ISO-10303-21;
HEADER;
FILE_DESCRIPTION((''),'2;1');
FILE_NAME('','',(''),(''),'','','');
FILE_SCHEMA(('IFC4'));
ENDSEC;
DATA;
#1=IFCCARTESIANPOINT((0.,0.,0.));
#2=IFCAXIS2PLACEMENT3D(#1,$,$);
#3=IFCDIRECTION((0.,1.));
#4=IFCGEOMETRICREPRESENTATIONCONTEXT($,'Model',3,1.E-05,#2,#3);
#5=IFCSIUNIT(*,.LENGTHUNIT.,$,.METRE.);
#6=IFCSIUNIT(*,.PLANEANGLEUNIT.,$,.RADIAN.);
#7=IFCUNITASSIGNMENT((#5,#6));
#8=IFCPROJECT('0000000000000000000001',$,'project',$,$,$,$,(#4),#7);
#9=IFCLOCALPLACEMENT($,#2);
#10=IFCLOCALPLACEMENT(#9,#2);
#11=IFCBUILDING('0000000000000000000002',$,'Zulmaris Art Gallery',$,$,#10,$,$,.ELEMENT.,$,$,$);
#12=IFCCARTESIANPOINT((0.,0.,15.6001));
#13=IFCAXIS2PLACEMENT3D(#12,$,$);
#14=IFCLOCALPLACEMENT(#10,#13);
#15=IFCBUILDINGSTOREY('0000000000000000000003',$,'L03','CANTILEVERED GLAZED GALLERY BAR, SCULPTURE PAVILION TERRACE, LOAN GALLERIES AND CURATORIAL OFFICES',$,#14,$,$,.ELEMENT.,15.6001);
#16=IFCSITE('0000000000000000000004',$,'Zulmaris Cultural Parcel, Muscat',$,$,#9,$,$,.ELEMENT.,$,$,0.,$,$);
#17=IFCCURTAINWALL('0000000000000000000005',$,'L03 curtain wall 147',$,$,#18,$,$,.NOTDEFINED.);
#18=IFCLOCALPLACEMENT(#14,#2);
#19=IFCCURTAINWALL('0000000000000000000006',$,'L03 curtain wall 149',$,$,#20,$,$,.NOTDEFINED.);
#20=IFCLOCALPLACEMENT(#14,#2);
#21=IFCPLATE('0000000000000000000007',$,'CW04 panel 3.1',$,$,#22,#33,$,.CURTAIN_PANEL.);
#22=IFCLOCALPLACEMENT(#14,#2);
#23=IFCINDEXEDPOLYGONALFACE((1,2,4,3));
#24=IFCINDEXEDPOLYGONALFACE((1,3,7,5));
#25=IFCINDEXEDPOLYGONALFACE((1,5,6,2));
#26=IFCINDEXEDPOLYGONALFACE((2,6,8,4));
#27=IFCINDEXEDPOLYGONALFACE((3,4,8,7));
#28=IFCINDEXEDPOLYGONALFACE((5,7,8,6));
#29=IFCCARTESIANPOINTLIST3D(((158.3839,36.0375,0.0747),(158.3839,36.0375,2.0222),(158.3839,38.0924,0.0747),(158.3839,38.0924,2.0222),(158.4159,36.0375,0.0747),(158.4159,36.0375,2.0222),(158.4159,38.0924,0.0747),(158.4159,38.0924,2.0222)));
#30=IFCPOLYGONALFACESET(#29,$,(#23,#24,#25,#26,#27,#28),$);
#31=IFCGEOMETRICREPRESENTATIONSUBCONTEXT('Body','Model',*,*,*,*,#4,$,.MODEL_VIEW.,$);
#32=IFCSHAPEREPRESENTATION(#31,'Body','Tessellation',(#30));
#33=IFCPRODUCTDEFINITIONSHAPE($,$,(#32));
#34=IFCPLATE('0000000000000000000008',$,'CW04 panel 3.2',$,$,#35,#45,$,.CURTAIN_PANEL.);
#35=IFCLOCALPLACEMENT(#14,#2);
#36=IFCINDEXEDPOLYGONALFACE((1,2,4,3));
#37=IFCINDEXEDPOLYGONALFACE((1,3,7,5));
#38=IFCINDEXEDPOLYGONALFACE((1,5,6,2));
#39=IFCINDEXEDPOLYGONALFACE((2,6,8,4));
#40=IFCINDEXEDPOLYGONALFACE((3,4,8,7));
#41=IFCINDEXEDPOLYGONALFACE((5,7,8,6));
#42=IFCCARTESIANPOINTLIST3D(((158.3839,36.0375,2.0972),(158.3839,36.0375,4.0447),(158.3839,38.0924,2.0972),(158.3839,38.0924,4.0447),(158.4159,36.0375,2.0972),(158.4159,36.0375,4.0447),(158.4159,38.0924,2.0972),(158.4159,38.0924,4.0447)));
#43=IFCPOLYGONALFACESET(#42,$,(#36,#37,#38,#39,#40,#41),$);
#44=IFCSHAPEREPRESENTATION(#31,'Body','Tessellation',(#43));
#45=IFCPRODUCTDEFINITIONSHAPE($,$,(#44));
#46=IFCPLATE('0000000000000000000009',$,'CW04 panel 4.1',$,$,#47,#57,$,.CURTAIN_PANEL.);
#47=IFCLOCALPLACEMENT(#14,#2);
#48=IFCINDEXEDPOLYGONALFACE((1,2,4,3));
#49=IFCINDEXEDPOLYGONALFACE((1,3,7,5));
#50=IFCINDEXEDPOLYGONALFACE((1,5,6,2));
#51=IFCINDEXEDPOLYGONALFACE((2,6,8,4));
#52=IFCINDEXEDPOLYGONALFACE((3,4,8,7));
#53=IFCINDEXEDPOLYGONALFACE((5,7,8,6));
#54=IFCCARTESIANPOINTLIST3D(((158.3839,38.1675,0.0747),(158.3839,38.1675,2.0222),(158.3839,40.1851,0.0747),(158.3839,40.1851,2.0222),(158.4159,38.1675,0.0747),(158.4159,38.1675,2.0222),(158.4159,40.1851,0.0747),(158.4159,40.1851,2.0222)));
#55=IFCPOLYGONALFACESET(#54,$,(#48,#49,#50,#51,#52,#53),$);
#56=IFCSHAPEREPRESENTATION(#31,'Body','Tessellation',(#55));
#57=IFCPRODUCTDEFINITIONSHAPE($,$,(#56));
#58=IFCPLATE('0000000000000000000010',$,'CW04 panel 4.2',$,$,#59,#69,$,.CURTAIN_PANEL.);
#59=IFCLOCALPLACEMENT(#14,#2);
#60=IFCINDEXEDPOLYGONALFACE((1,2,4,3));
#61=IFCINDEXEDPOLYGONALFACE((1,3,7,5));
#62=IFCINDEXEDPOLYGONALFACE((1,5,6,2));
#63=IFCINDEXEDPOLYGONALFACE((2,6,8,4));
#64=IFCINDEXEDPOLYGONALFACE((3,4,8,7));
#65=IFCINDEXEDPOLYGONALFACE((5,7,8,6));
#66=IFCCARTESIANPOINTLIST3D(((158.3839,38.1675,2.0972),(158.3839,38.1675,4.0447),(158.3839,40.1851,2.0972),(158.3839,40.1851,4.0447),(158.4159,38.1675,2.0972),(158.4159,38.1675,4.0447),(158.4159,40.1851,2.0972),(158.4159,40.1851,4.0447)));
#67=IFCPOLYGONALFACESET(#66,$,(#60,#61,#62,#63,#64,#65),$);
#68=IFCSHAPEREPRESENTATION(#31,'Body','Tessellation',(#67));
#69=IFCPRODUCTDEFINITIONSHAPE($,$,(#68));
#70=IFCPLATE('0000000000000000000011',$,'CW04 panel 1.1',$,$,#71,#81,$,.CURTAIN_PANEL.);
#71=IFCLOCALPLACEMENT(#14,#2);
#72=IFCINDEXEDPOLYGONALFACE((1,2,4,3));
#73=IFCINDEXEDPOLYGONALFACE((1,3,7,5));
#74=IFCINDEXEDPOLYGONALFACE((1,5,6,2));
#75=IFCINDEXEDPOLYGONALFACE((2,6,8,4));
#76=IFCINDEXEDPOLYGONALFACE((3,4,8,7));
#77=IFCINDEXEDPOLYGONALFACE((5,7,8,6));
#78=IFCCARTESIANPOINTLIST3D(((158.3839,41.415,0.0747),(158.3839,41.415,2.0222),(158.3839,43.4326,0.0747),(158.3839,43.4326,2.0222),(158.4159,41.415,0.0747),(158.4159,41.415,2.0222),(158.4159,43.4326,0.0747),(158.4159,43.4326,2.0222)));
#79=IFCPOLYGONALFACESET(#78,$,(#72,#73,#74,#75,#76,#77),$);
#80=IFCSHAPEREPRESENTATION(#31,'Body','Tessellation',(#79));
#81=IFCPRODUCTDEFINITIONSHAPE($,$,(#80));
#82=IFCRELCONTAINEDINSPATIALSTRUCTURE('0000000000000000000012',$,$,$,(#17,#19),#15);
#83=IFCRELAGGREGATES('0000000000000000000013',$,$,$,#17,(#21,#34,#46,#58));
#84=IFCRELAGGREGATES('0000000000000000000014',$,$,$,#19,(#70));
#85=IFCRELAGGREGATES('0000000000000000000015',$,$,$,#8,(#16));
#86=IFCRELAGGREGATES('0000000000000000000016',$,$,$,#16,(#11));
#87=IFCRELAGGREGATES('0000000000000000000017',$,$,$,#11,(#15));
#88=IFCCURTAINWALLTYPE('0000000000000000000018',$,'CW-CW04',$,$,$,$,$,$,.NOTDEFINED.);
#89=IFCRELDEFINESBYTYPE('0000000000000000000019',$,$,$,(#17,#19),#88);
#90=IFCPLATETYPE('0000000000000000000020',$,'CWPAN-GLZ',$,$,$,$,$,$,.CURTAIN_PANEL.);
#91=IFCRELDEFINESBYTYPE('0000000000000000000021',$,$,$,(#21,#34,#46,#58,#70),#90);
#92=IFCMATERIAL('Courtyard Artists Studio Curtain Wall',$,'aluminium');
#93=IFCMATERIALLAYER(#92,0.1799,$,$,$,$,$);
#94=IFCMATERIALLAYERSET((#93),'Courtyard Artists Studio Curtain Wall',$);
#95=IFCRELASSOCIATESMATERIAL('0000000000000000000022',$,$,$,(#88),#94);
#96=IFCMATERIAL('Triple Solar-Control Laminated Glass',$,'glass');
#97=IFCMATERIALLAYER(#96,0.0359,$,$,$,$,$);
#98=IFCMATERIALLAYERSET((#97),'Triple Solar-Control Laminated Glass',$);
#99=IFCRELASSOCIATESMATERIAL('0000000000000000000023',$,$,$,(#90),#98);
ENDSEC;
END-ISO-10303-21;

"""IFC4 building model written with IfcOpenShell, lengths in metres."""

from ifc_helpers import new_model, si_unit, direction, frame, origin, origin_2d, place, context, subcontext, project, spatial, rectangle, extrude, material, layer, layer_set, type_object, element, aggregate, save


model = new_model("IFC4")

# Units and contexts
model_context = context("Model", 3, precision=1e-05, world=origin(), true_north=direction((0.0, 1.0)))
body_context = subcontext(model_context, "Body", "Model", "MODEL_VIEW")
ifc_project = project(units=[si_unit("LENGTHUNIT", "METRE"), si_unit("PLANEANGLEUNIT", "RADIAN")], contexts=[model_context])

# Site, building, storey
site_placement = place(None, origin())
site = spatial("IfcSite", under=ifc_project, at=site_placement, Name="Zulmaris Cultural Parcel, Muscat", CompositionType="ELEMENT", RefElevation=0.0)
building_placement = place(site_placement, origin())
building = spatial("IfcBuilding", under=site, at=building_placement, Name="Zulmaris Art Gallery", CompositionType="ELEMENT")
storey_placement = place(building_placement, frame((0.0, 0.0, 15.6001)))
storey = spatial("IfcBuildingStorey", under=building, at=storey_placement, Name="L03", Description="CANTILEVERED GLAZED GALLERY BAR, SCULPTURE PAVILION TERRACE, LOAN GALLERIES AND CURATORIAL OFFICES", CompositionType="ELEMENT", Elevation=15.6001)

# Curtain wall
ifc_material_1 = material(Name="Courtyard Artists Studio Curtain Wall", Category="aluminium")
ifc_layer_1 = layer(ifc_material_1, 0.1799)
ifc_layer_set_1 = layer_set([ifc_layer_1], Name="Courtyard Artists Studio Curtain Wall")
curtain_wall_type = type_object("IfcCurtainWallType", Name="CW-CW04", PredefinedType="NOTDEFINED", material=ifc_layer_set_1)
curtain_wall_1_placement = place(storey_placement, origin())
curtain_wall_1 = element("IfcCurtainWall", 1, at=curtain_wall_1_placement, inside=storey, type_object=curtain_wall_type, Name="L03 curtain wall 147", PredefinedType="NOTDEFINED")

# Curtain wall
curtain_wall_2_placement = place(storey_placement, origin())
curtain_wall_2 = element("IfcCurtainWall", 2, at=curtain_wall_2_placement, inside=storey, type_object=curtain_wall_type, Name="L03 curtain wall 149", PredefinedType="NOTDEFINED")

# Plates
ifc_material_2 = material(Name="Triple Solar-Control Laminated Glass", Category="glass")
ifc_layer_2 = layer(ifc_material_2, 0.0359)
ifc_layer_set_2 = layer_set([ifc_layer_2], Name="Triple Solar-Control Laminated Glass")
plate_type = type_object("IfcPlateType", Name="CWPAN-GLZ", PredefinedType="CURTAIN_PANEL", material=ifc_layer_set_2)
plate_1_placement = place(storey_placement, frame((158.3999, 37.0649, 0.0747), z_axis=(0.0, 0.0, 1.0), x_axis=(0.0, 1.0, 0.0)))
plate_1 = element("IfcPlate", 3, at=plate_1_placement, type_object=plate_type, Name="CW04 panel 3.1", PredefinedType="CURTAIN_PANEL", context=body_context, shape_type="SweptSolid", body=[
    extrude(rectangle(XDim=2.0549, YDim=0.032, at=origin_2d()), origin(), (0.0, 0.0, 1.0), 1.9475),
])
plate_2_placement = place(storey_placement, frame((158.3999, 37.0649, 2.0972), z_axis=(0.0, 0.0, 1.0), x_axis=(0.0, 1.0, 0.0)))
plate_2 = element("IfcPlate", 4, at=plate_2_placement, type_object=plate_type, Name="CW04 panel 3.2", PredefinedType="CURTAIN_PANEL", context=body_context, shape_type="SweptSolid", body=[
    extrude(rectangle(XDim=2.0549, YDim=0.032, at=origin_2d()), origin(), (0.0, 0.0, 1.0), 1.9475),
])
plate_3_placement = place(storey_placement, frame((158.3999, 39.1763, 0.0747), z_axis=(0.0, 0.0, 1.0), x_axis=(0.0, 1.0, 0.0)))
plate_3 = element("IfcPlate", 5, at=plate_3_placement, type_object=plate_type, Name="CW04 panel 4.1", PredefinedType="CURTAIN_PANEL", context=body_context, shape_type="SweptSolid", body=[
    extrude(rectangle(XDim=2.0176, YDim=0.032, at=origin_2d()), origin(), (0.0, 0.0, 1.0), 1.9475),
])
plate_4_placement = place(storey_placement, frame((158.3999, 39.1763, 2.0972), z_axis=(0.0, 0.0, 1.0), x_axis=(0.0, 1.0, 0.0)))
plate_4 = element("IfcPlate", 6, at=plate_4_placement, type_object=plate_type, Name="CW04 panel 4.2", PredefinedType="CURTAIN_PANEL", context=body_context, shape_type="SweptSolid", body=[
    extrude(rectangle(XDim=2.0176, YDim=0.032, at=origin_2d()), origin(), (0.0, 0.0, 1.0), 1.9475),
])
aggregate(curtain_wall_1, [plate_1, plate_2, plate_3, plate_4])
plate_5_placement = place(storey_placement, frame((158.3999, 42.4238, 0.0747), z_axis=(0.0, 0.0, 1.0), x_axis=(0.0, 1.0, 0.0)))
plate_5 = element("IfcPlate", 7, at=plate_5_placement, type_object=plate_type, Name="CW04 panel 1.1", PredefinedType="CURTAIN_PANEL", context=body_context, shape_type="SweptSolid", body=[
    extrude(rectangle(XDim=2.0176, YDim=0.032, at=origin_2d()), origin(), (0.0, 0.0, 1.0), 1.9475),
])
aggregate(curtain_wall_2, [plate_5])

save(model, "model.ifc")
